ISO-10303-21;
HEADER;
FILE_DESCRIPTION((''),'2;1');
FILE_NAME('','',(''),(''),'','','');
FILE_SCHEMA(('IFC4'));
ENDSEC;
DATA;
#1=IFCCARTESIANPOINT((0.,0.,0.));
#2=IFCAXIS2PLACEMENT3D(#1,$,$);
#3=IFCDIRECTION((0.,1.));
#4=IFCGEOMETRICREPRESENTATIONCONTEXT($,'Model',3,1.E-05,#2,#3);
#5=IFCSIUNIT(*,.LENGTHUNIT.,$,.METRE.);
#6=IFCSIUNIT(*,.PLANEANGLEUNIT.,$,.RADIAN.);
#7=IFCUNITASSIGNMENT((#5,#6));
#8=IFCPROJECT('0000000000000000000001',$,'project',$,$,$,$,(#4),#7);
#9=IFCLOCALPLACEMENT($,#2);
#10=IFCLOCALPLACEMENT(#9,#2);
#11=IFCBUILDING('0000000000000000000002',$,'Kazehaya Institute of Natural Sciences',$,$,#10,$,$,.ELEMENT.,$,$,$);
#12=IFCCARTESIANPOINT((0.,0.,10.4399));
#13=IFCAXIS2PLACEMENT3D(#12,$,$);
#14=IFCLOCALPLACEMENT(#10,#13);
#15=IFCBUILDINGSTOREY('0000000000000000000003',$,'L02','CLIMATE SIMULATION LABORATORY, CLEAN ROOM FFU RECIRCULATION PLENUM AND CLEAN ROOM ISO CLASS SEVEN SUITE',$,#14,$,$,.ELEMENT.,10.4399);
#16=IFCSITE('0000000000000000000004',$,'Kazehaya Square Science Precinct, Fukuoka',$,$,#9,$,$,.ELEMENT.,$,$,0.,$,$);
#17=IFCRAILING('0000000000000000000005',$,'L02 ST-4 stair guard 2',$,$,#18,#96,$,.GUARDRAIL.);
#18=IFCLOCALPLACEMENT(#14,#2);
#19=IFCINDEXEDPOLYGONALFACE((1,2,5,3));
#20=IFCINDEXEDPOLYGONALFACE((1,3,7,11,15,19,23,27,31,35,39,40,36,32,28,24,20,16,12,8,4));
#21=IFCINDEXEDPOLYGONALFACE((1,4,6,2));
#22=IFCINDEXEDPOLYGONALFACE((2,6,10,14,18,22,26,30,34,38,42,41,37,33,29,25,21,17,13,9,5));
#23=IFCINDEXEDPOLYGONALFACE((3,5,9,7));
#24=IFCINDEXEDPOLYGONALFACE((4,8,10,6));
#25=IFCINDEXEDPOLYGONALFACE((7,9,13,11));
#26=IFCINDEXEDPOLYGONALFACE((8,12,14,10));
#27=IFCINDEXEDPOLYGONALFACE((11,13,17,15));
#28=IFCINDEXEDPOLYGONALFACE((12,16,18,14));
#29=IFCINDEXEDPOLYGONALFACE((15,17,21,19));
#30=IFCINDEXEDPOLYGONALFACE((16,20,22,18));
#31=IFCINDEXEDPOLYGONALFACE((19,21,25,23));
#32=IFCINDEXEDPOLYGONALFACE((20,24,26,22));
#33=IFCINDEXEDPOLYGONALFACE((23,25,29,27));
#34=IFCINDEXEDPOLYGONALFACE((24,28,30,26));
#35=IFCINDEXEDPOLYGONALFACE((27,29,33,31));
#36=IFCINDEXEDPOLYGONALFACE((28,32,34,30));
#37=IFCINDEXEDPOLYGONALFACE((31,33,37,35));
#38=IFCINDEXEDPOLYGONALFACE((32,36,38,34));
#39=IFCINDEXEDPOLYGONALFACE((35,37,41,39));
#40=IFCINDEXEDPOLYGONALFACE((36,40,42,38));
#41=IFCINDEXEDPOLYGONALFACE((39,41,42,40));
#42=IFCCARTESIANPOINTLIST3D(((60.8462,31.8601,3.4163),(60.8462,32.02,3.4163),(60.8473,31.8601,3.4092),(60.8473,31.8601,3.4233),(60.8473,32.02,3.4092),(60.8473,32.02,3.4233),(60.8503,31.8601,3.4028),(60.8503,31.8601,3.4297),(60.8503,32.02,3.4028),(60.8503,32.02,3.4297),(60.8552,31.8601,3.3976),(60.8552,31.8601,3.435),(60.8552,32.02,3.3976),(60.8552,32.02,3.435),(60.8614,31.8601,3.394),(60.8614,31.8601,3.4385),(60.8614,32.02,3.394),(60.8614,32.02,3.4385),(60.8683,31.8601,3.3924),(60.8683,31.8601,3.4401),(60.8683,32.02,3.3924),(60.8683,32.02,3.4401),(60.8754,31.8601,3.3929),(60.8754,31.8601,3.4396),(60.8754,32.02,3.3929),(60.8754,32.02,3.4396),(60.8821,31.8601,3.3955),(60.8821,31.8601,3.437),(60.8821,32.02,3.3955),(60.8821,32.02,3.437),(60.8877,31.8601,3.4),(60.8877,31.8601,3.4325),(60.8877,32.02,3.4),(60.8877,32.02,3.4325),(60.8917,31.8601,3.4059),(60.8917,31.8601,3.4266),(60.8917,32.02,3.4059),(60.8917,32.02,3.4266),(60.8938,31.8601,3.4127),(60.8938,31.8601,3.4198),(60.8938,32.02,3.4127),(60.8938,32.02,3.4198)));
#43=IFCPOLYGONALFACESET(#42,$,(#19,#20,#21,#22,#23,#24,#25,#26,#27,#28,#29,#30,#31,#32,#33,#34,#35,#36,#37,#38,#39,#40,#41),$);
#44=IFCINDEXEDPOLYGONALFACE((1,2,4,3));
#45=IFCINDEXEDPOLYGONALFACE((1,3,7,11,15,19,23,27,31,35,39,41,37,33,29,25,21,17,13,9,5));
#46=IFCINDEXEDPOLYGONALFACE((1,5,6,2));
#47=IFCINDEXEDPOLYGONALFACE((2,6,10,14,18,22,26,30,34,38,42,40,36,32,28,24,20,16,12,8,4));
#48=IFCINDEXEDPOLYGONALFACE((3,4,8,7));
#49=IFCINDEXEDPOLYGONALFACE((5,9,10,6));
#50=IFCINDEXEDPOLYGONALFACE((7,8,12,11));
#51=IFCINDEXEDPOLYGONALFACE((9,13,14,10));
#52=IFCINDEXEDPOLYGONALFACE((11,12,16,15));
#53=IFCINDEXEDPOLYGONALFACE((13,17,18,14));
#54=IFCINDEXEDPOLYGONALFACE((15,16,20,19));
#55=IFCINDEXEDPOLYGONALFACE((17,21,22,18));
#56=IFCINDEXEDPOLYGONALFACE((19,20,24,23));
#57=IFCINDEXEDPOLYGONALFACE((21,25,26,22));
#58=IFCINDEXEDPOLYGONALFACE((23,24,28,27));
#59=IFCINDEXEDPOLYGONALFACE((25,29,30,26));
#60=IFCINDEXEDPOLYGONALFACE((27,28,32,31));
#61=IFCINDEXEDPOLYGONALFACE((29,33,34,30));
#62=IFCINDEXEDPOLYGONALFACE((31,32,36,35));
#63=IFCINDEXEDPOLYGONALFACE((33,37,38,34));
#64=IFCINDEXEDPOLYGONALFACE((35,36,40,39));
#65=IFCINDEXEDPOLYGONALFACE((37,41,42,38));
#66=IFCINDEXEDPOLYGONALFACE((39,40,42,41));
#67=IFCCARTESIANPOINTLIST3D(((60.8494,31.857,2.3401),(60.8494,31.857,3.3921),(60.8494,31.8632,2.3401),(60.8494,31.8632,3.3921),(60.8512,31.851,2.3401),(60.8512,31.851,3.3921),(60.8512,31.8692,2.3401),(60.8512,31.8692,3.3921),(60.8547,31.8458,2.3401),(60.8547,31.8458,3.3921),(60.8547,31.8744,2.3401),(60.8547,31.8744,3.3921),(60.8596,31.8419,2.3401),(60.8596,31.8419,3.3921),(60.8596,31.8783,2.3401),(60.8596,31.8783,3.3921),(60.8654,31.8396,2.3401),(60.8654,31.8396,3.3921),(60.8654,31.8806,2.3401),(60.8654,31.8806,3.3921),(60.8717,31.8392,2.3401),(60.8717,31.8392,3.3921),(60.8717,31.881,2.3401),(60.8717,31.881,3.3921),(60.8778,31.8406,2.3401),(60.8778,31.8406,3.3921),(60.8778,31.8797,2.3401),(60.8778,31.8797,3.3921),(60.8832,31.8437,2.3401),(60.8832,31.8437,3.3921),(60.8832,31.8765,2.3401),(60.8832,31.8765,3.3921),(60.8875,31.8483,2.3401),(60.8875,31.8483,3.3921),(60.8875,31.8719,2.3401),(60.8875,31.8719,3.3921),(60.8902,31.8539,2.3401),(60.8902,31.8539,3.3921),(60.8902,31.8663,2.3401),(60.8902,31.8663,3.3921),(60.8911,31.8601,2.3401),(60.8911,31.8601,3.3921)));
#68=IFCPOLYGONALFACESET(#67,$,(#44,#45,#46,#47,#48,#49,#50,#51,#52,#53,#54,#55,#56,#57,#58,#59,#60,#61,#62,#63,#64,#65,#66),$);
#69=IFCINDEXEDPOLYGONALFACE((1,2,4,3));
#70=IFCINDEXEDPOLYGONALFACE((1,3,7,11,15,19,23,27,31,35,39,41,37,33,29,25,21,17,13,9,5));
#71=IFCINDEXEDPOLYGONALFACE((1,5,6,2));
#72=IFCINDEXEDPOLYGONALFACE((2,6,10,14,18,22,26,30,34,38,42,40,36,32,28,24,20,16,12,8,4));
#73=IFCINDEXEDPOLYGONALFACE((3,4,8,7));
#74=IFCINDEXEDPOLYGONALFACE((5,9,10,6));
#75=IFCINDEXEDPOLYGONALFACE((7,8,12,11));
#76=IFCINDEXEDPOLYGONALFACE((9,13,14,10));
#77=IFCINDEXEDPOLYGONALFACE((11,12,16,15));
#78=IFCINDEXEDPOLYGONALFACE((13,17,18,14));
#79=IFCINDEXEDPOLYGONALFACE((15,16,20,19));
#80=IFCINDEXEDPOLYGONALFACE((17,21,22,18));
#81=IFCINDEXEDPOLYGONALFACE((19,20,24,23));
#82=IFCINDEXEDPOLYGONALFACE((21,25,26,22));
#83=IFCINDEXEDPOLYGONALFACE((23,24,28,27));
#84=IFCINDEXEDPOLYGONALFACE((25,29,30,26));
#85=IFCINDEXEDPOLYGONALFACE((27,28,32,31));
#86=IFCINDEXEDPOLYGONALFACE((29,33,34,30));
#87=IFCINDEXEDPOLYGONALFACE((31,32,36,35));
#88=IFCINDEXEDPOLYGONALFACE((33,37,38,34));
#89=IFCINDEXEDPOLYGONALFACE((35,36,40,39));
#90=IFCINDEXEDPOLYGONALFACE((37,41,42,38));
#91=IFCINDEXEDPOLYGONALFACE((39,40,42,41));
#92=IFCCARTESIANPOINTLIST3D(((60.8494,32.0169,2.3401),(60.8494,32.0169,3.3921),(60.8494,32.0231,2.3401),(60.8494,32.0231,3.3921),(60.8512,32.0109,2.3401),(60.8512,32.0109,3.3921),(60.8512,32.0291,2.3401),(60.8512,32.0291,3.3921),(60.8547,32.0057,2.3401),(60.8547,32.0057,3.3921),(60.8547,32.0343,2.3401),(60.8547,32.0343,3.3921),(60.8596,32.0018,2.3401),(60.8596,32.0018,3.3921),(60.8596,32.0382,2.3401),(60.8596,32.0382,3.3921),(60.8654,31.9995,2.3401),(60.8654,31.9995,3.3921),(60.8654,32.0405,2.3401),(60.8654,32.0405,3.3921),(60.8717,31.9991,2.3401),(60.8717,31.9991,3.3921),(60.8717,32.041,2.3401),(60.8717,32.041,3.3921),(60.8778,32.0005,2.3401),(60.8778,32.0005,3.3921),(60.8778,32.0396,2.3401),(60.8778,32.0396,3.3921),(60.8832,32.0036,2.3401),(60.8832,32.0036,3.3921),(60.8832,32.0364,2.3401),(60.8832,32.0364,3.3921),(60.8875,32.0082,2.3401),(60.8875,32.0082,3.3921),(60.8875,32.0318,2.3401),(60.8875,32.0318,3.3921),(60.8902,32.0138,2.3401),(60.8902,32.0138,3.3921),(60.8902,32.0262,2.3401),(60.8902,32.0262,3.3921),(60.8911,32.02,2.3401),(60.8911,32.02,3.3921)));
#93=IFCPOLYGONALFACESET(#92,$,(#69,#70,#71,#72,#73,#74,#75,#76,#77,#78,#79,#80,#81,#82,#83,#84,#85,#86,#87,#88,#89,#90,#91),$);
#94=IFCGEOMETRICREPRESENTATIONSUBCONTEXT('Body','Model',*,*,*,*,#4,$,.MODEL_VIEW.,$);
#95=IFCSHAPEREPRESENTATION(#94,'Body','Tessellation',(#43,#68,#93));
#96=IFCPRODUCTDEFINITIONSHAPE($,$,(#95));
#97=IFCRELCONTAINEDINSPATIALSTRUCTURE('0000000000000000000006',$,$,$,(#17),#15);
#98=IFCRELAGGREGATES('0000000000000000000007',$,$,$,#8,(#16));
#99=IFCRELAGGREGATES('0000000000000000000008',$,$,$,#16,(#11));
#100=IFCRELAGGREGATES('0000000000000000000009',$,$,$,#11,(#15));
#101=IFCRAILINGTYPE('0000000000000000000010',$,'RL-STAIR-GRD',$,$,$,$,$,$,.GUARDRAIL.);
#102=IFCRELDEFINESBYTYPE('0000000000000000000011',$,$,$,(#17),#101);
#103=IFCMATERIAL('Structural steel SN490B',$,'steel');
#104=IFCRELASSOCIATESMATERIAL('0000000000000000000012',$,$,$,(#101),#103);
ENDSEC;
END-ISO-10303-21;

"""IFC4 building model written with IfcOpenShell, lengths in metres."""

from ifc_helpers import new_model, si_unit, direction, frame, origin, origin_2d, place, context, subcontext, project, spatial, circle, extrude, material, type_object, element, save


model = new_model("IFC4")

# Units and contexts
model_context = context("Model", 3, precision=1e-05, world=origin(), true_north=direction((0.0, 1.0)))
body_context = subcontext(model_context, "Body", "Model", "MODEL_VIEW")
ifc_project = project(units=[si_unit("LENGTHUNIT", "METRE"), si_unit("PLANEANGLEUNIT", "RADIAN")], contexts=[model_context])

# Site, building, storey
site_placement = place(None, origin())
site = spatial("IfcSite", under=ifc_project, at=site_placement, Name="Kazehaya Square Science Precinct, Fukuoka", CompositionType="ELEMENT", RefElevation=0.0)
building_placement = place(site_placement, origin())
building = spatial("IfcBuilding", under=site, at=building_placement, Name="Kazehaya Institute of Natural Sciences", CompositionType="ELEMENT")
storey_placement = place(building_placement, frame((0.0, 0.0, 10.4399)))
storey = spatial("IfcBuildingStorey", under=building, at=storey_placement, Name="L02", Description="CLIMATE SIMULATION LABORATORY, CLEAN ROOM FFU RECIRCULATION PLENUM AND CLEAN ROOM ISO CLASS SEVEN SUITE", CompositionType="ELEMENT", Elevation=10.4399)

# Shared definitions
ifc_material_1 = material(Name="Structural steel SN490B", Category="steel")

# Railing
railing_type_1 = type_object("IfcRailingType", Name="RL-STAIR-GRD", PredefinedType="GUARDRAIL", material=ifc_material_1)
railing_1_placement = place(storey_placement, frame((60.8701, 31.8601, 2.3401)))
element("IfcRailing", 1, at=railing_1_placement, inside=storey, type_object=railing_type_1, Name="L02 ST-4 stair guard 2", PredefinedType="GUARDRAIL", context=body_context, shape_type="SweptSolid", body=[
    extrude(circle(Radius=0.0239, at=origin_2d()), frame((0.0, 0.0, 1.0762), z_axis=(0.0, 1.0, 0.0), x_axis=(-1.0, 0.0, 0.0)), (0.0, 0.0, 1.0), 0.1599),
    extrude(circle(Radius=0.021, at=origin_2d()), origin(), (0.0, 0.0, 1.0), 1.052),
    extrude(circle(Radius=0.021, at=origin_2d()), frame((0.0, 0.1599, 0.0)), (0.0, 0.0, 1.0), 1.052),
])

save(model, "model.ifc")
